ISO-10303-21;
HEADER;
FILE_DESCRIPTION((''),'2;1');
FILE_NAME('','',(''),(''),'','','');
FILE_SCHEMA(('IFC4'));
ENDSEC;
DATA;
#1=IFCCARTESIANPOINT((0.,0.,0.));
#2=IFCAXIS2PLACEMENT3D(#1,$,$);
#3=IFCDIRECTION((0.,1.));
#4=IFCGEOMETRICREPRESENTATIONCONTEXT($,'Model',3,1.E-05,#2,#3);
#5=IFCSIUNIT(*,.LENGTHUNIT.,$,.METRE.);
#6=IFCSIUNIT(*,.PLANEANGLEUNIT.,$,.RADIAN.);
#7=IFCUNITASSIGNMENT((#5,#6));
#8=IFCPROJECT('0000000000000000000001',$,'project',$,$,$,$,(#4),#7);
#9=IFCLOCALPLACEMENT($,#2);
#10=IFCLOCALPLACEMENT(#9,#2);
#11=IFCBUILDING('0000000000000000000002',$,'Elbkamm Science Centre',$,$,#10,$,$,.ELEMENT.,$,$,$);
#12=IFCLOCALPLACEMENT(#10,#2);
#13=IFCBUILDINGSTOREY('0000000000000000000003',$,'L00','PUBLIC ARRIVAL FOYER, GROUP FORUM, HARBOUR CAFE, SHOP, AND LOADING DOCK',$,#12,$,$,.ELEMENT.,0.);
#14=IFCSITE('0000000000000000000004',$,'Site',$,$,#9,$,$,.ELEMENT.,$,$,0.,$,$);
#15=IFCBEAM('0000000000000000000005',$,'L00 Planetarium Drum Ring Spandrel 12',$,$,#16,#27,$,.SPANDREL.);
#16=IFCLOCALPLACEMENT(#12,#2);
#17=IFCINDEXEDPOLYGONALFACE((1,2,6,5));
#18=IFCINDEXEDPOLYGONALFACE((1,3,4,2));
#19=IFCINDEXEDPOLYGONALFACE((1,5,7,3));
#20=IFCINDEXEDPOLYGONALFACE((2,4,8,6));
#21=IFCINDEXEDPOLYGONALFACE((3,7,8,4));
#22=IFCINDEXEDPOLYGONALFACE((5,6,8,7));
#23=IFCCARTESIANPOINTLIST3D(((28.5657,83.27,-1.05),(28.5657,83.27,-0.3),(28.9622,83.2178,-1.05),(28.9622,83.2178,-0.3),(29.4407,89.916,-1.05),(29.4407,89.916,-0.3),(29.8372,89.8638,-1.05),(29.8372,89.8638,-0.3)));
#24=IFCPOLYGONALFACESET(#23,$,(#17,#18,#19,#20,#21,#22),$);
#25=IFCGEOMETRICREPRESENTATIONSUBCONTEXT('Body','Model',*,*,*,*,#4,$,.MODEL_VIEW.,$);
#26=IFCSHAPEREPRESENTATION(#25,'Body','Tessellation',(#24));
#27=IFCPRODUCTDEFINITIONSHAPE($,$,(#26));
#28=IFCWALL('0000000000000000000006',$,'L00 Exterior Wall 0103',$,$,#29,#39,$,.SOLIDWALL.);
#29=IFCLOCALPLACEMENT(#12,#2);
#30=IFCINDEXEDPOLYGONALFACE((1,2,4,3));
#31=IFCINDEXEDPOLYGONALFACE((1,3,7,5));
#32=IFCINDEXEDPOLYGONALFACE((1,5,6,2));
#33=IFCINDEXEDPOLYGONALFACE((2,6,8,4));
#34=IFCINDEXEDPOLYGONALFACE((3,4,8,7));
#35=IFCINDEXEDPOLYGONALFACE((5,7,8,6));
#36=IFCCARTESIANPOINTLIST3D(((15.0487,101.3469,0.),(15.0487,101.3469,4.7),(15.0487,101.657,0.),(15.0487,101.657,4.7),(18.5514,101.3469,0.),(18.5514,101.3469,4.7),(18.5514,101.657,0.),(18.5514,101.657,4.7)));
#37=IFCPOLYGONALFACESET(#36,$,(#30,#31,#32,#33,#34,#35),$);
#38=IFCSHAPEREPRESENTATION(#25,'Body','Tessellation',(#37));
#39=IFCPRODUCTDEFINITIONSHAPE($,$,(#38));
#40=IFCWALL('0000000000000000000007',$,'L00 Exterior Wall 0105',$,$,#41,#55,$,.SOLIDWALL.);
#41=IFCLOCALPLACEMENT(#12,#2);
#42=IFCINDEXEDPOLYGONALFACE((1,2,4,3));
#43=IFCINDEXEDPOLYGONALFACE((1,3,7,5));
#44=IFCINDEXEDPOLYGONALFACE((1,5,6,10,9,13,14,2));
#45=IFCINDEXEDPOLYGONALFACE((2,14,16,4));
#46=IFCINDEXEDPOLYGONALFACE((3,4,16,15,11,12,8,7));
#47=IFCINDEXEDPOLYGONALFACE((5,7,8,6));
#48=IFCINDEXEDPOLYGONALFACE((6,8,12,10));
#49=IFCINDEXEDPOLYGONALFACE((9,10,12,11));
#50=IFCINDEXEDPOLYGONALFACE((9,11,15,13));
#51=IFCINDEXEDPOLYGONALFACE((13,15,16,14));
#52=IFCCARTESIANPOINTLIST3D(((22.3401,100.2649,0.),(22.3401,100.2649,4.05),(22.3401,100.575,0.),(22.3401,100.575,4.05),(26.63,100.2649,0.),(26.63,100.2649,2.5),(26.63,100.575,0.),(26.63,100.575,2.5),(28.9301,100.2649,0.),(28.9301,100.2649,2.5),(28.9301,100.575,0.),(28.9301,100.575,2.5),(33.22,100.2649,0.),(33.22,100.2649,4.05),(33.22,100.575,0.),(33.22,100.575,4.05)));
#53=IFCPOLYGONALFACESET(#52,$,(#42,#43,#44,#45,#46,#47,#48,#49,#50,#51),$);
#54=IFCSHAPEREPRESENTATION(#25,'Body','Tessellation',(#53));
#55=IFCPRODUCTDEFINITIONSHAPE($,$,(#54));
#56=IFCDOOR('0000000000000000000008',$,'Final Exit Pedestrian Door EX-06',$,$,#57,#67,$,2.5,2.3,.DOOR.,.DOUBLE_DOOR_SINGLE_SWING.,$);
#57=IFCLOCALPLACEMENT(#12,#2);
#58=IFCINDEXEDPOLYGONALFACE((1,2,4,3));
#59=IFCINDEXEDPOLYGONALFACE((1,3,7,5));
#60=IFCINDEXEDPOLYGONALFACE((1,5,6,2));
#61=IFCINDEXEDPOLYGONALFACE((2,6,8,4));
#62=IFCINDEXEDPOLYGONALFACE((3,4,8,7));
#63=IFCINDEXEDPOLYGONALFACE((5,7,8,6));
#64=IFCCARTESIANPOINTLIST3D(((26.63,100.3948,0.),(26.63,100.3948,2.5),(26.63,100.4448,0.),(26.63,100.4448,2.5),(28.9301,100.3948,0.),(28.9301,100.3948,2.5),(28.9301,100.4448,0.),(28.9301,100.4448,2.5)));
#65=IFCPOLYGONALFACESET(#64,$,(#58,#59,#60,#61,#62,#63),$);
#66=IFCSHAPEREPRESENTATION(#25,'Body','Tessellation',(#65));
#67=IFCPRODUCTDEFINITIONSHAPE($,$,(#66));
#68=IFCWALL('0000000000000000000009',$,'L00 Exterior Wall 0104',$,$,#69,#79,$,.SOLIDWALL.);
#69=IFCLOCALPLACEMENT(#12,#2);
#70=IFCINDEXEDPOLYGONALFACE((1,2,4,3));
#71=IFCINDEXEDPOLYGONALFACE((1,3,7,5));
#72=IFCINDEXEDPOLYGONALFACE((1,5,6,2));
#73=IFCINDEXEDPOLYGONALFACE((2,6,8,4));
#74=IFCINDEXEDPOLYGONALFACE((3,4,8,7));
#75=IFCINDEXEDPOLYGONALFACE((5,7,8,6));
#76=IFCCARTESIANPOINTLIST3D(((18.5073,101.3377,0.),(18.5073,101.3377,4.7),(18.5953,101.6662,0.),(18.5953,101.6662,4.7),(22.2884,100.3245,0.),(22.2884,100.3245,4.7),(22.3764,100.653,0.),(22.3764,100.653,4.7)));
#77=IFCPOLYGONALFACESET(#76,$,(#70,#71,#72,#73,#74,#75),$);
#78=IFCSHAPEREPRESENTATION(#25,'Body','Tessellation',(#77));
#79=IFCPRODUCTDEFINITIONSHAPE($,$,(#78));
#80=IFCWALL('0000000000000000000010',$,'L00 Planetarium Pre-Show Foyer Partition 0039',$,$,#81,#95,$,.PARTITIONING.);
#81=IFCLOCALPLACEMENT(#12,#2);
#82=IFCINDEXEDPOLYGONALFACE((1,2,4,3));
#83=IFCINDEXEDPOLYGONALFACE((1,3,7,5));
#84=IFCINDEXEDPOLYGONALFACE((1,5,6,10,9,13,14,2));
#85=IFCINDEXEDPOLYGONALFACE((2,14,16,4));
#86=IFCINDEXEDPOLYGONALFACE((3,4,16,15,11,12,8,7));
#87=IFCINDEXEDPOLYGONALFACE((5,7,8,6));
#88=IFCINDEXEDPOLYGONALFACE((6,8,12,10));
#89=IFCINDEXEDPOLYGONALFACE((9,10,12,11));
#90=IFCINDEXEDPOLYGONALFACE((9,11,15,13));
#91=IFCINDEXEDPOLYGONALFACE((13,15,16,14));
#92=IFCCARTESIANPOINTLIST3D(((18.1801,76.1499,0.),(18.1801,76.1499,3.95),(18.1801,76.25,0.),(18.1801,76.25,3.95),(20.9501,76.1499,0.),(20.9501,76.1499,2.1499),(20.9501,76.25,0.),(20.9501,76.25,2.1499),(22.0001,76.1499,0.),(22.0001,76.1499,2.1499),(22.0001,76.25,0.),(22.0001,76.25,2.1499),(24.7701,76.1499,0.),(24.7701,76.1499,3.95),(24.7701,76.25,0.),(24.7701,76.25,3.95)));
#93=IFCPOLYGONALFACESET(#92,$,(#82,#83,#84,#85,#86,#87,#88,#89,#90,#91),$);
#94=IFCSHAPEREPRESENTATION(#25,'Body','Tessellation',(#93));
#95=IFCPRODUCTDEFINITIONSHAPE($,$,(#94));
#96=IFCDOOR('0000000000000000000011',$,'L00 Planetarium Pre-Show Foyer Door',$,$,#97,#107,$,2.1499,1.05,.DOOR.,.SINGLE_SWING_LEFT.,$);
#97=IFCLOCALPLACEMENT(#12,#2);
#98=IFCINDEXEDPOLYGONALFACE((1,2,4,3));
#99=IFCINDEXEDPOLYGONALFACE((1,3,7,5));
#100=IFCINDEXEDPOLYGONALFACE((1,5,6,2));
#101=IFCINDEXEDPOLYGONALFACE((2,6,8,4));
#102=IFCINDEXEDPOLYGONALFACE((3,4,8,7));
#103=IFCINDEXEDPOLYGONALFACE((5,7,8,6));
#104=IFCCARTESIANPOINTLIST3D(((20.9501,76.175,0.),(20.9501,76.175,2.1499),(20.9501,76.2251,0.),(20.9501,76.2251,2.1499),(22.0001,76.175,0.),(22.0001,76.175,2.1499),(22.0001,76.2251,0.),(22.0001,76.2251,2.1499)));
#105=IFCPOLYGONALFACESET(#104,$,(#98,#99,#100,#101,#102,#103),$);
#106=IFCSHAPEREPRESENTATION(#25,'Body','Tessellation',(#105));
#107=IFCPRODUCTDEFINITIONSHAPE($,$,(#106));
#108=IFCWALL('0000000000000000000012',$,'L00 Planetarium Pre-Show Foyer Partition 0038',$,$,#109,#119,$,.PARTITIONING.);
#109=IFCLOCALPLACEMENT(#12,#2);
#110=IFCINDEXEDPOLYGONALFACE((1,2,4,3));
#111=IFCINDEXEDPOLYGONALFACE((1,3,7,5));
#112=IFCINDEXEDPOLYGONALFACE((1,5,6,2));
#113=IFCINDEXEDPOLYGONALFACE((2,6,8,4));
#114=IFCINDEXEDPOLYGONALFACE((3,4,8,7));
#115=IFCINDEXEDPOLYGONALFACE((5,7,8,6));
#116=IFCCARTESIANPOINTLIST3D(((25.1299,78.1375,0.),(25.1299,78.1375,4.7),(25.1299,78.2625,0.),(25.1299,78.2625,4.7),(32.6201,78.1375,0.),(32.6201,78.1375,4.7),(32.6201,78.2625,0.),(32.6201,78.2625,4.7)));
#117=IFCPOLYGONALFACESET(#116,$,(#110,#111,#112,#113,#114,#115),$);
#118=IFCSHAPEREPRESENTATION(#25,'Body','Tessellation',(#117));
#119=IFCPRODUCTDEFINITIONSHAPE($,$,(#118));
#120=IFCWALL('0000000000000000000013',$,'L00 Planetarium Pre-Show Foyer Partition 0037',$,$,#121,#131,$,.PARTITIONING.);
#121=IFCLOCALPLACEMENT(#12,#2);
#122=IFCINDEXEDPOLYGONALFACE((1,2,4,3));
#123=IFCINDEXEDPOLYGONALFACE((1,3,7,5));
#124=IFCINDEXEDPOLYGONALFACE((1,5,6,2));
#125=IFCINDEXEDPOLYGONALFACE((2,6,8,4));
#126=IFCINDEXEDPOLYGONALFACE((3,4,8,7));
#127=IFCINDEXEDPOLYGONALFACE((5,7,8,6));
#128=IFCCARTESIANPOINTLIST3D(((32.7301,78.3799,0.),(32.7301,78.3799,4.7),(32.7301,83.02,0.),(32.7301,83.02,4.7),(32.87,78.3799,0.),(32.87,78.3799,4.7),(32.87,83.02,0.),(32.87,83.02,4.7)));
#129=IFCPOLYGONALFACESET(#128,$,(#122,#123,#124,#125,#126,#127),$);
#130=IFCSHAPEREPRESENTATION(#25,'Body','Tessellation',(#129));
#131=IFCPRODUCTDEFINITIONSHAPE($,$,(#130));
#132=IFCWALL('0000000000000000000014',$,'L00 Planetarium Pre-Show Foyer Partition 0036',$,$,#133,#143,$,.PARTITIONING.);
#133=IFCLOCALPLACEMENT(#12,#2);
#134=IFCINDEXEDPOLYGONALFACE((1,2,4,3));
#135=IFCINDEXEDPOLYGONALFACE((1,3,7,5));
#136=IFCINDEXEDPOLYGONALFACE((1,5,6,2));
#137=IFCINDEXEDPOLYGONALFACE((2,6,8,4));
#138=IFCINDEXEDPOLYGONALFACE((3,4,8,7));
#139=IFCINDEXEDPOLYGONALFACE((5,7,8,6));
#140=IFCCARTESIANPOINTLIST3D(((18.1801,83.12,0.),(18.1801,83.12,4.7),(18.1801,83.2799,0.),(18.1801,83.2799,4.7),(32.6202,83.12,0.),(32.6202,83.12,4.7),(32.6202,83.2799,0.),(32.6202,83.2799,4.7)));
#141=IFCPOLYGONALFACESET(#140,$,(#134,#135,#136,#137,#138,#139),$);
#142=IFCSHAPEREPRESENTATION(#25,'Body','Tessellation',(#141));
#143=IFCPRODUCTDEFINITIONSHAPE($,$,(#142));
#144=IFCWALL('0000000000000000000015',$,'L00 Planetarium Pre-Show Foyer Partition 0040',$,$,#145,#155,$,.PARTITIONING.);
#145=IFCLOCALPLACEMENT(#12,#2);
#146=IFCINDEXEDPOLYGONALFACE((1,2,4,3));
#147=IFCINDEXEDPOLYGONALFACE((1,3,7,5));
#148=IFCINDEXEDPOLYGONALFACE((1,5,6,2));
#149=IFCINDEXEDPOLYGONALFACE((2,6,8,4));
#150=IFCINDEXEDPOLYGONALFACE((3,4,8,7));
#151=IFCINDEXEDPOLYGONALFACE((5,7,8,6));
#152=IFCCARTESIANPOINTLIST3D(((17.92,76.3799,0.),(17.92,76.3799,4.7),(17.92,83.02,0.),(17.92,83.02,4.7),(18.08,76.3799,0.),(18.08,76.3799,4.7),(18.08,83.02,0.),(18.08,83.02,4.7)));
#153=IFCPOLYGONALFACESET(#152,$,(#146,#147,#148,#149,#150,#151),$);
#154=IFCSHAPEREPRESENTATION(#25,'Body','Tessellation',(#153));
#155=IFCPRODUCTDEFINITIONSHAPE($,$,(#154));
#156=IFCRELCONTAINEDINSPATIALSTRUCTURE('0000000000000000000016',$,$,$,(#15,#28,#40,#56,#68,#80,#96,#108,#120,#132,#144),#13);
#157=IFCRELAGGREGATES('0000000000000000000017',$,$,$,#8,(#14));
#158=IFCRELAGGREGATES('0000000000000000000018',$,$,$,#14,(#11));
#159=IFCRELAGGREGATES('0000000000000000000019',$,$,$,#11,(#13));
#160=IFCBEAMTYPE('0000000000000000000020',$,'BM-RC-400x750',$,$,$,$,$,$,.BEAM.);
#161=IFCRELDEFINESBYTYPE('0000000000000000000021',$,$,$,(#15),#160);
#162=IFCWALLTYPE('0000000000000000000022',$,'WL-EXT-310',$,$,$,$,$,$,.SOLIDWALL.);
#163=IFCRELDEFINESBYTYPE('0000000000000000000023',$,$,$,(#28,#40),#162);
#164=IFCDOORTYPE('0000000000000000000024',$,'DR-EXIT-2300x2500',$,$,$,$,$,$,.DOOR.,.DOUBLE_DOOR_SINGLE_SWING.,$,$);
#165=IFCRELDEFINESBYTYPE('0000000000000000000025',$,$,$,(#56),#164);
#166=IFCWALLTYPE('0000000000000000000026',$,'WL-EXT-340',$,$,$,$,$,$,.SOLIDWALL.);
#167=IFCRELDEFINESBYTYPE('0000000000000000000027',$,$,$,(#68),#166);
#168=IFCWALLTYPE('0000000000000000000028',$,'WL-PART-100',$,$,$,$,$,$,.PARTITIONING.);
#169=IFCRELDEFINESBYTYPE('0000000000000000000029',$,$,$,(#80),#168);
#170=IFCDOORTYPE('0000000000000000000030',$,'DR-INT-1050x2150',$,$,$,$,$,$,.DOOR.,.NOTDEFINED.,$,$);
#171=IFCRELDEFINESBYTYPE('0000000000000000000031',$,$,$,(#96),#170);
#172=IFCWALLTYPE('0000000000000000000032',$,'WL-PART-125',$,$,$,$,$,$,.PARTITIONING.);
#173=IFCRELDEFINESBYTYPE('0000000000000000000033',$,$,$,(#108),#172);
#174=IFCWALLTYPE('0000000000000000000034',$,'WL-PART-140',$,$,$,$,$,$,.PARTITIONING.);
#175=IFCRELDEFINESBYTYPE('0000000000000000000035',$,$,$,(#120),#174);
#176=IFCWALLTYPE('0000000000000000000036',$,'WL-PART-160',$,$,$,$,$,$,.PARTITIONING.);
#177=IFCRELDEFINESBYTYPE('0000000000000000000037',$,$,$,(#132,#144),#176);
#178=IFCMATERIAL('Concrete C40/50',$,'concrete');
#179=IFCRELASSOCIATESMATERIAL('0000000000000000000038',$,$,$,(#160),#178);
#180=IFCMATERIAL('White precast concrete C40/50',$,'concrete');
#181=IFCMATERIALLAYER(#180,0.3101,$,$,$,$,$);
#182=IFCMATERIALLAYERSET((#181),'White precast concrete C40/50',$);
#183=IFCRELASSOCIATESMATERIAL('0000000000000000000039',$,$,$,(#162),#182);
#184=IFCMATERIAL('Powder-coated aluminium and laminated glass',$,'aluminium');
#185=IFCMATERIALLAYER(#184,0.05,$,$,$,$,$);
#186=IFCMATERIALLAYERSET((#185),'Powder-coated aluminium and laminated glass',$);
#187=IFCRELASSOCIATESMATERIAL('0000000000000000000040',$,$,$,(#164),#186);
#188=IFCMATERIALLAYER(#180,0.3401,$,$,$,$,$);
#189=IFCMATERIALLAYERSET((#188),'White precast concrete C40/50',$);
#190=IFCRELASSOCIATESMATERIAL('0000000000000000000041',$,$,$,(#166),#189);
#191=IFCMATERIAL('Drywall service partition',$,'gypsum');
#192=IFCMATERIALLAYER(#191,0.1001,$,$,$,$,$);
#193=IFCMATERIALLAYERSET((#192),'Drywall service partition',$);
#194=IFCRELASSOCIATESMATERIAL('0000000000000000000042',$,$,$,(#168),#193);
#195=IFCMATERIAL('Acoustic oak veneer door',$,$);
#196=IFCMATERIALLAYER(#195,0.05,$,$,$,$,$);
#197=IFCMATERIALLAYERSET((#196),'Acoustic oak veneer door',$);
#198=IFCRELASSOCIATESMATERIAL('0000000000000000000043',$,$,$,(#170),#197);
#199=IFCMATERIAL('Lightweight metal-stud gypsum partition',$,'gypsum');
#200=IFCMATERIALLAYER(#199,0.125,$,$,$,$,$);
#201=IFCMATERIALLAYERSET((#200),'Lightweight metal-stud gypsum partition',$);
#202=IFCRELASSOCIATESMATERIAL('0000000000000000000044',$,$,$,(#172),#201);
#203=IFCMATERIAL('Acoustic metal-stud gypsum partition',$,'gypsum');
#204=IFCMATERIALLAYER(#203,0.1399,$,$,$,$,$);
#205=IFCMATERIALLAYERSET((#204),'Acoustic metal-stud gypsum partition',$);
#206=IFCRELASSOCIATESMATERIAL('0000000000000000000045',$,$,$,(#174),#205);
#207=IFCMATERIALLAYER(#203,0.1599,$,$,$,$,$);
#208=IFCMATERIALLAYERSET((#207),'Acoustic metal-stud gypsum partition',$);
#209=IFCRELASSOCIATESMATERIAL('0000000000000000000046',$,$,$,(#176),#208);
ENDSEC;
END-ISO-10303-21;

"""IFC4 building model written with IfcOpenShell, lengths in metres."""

from ifc_helpers import new_model, si_unit, direction, frame, frame_2d, origin, origin_2d, place, context, subcontext, project, spatial, rectangle, extrude, material, layer, layer_set, material_profile, profile_set, type_object, element, fill, save


model = new_model("IFC4")

# Units and contexts
model_context = context("Model", 3, precision=1e-05, world=origin(), true_north=direction((0.0, 1.0)))
body_context = subcontext(model_context, "Body", "Model", "MODEL_VIEW")
ifc_project = project(units=[si_unit("LENGTHUNIT", "METRE"), si_unit("PLANEANGLEUNIT", "RADIAN")], contexts=[model_context])

# Site, building, storey
site_placement = place(None, origin())
site = spatial("IfcSite", under=ifc_project, at=site_placement, Name="Site", CompositionType="ELEMENT", RefElevation=0.0)
building_placement = place(site_placement, origin())
building = spatial("IfcBuilding", under=site, at=building_placement, Name="Elbkamm Science Centre", CompositionType="ELEMENT")
storey_placement = place(building_placement, origin())
storey = spatial("IfcBuildingStorey", under=building, at=storey_placement, Name="L00", Description="PUBLIC ARRIVAL FOYER, GROUP FORUM, HARBOUR CAFE, SHOP, AND LOADING DOCK", CompositionType="ELEMENT", Elevation=0.0)

# Shared definitions
ifc_material_1 = material(Name="Concrete C40/50", Category="concrete")

# Beam
ifc_material_profile_1 = material_profile(ifc_material_1, rectangle(XDim=0.3999, YDim=0.75, at=origin_2d()), Name="RC 400x750")
ifc_profile_set_1 = profile_set([ifc_material_profile_1], Name="Concrete C40/50")
beam_type_1 = type_object("IfcBeamType", Name="BM-RC-400x750", PredefinedType="BEAM", material=ifc_profile_set_1)
beam_1_placement = place(storey_placement, frame((28.7639, 83.2439, -0.675), z_axis=(0.130532, 0.991444, 0.0), x_axis=(-0.991444, 0.130532, 0.0)))
element("IfcBeam", 1, at=beam_1_placement, inside=storey, type_object=beam_type_1, Name="L00 Planetarium Drum Ring Spandrel 12", PredefinedType="SPANDREL", context=body_context, shape_type="SweptSolid", body=[
    extrude(rectangle(XDim=0.3999, YDim=0.75, at=origin_2d()), origin(), (0.0, 0.0, 1.0), 6.7034),
])

# Wall
ifc_material_2 = material(Name="White precast concrete C40/50", Category="concrete")
ifc_layer_1 = layer(ifc_material_2, 0.3101)
ifc_layer_set_1 = layer_set([ifc_layer_1], Name="White precast concrete C40/50")
wall_type_1 = type_object("IfcWallType", Name="WL-EXT-310", PredefinedType="SOLIDWALL", material=ifc_layer_set_1)
wall_1_placement = place(storey_placement, frame((15.0486, 101.502, 0.0), z_axis=(0.0, 0.0, 1.0), x_axis=(1.0, 0.0, 0.0)))
element("IfcWall", 2, at=wall_1_placement, inside=storey, type_object=wall_type_1, Name="L00 Exterior Wall 0103", PredefinedType="SOLIDWALL", context=body_context, shape_type="SweptSolid", body=[
    extrude(rectangle(XDim=3.5027, YDim=0.3101, at=frame_2d((1.7515, 0.0))), origin(), (0.0, 0.0, 1.0), 4.7),
])

# Wall, opening, door
wall_2_placement = place(storey_placement, frame((22.3401, 100.4199, 0.0), z_axis=(0.0, 0.0, 1.0), x_axis=(1.0, 0.0, 0.0)))
wall_2 = element("IfcWall", 3, at=wall_2_placement, inside=storey, type_object=wall_type_1, Name="L00 Exterior Wall 0105", PredefinedType="SOLIDWALL", context=body_context, shape_type="SweptSolid", body=[
    extrude(rectangle(XDim=10.8799, YDim=0.3101, at=frame_2d((5.4399, 0.0))), origin(), (0.0, 0.0, 1.0), 4.05),
])
opening_1_placement = place(wall_2_placement, frame((4.29, 0.0, 0.0)))
opening_1 = element("IfcOpeningElement", 4, at=opening_1_placement, cuts=wall_2, PredefinedType="OPENING", context=body_context, shape_type="SweptSolid", body=[
    extrude(rectangle(XDim=2.3, YDim=2.5, at=frame_2d((1.1499, 1.25))), frame((0.0, 0.167, 0.0), z_axis=(0.0, -1.0, 0.0), x_axis=(1.0, 0.0, 0.0)), (0.0, 0.0, 1.0), 0.334),
])
ifc_material_3 = material(Name="Powder-coated aluminium and laminated glass", Category="aluminium")
ifc_layer_2 = layer(ifc_material_3, 0.05)
ifc_layer_set_2 = layer_set([ifc_layer_2], Name="Powder-coated aluminium and laminated glass")
door_type_1 = type_object("IfcDoorType", Name="DR-EXIT-2300x2500", OperationType="DOUBLE_DOOR_SINGLE_SWING", PredefinedType="DOOR", material=ifc_layer_set_2)
door_1_placement = place(opening_1_placement, origin())
door_1 = element("IfcDoor", 5, at=door_1_placement, inside=storey, type_object=door_type_1, Name="Final Exit Pedestrian Door EX-06", OperationType="DOUBLE_DOOR_SINGLE_SWING", OverallHeight=2.5, OverallWidth=2.3, PredefinedType="DOOR", context=body_context, shape_type="SweptSolid", body=[
    extrude(rectangle(XDim=2.3, YDim=2.5, at=frame_2d((1.1499, 1.25))), frame((0.0, 0.0249, 0.0), z_axis=(0.0, -1.0, 0.0), x_axis=(1.0, 0.0, 0.0)), (0.0, 0.0, 1.0), 0.05),
])
fill(opening_1, door_1)

# Wall
ifc_layer_3 = layer(ifc_material_2, 0.3401)
ifc_layer_set_3 = layer_set([ifc_layer_3], Name="White precast concrete C40/50")
wall_type_2 = type_object("IfcWallType", Name="WL-EXT-340", PredefinedType="SOLIDWALL", material=ifc_layer_set_3)
wall_3_placement = place(storey_placement, frame((18.5513, 101.502, 0.0), z_axis=(0.0, 0.0, 1.0), x_axis=(0.965926, -0.258819, 0.0)))
element("IfcWall", 6, at=wall_3_placement, inside=storey, type_object=wall_type_2, Name="L00 Exterior Wall 0104", PredefinedType="SOLIDWALL", context=body_context, shape_type="SweptSolid", body=[
    extrude(rectangle(XDim=3.9146, YDim=0.3401, at=frame_2d((1.9573, 0.0))), origin(), (0.0, 0.0, 1.0), 4.7),
])

# Wall, opening, door
ifc_material_4 = material(Name="Drywall service partition", Category="gypsum")
ifc_layer_4 = layer(ifc_material_4, 0.1001)
ifc_layer_set_4 = layer_set([ifc_layer_4], Name="Drywall service partition")
wall_type_3 = type_object("IfcWallType", Name="WL-PART-100", PredefinedType="PARTITIONING", material=ifc_layer_set_4)
wall_4_placement = place(storey_placement, frame((24.77, 76.2, 0.0), z_axis=(0.0, 0.0, 1.0), x_axis=(-1.0, 0.0, 0.0)))
wall_4 = element("IfcWall", 7, at=wall_4_placement, inside=storey, type_object=wall_type_3, Name="L00 Planetarium Pre-Show Foyer Partition 0039", PredefinedType="PARTITIONING", context=body_context, shape_type="SweptSolid", body=[
    extrude(rectangle(XDim=6.5901, YDim=0.1001, at=frame_2d((3.2949, 0.0))), origin(), (0.0, 0.0, 1.0), 3.95),
])
opening_2_placement = place(wall_4_placement, frame((2.77, 0.0, 0.0)))
opening_2 = element("IfcOpeningElement", 8, at=opening_2_placement, cuts=wall_4, PredefinedType="OPENING", context=body_context, shape_type="SweptSolid", body=[
    extrude(rectangle(XDim=1.05, YDim=2.1499, at=frame_2d((0.5249, 1.075))), frame((0.0, 0.062, 0.0), z_axis=(0.0, -1.0, 0.0), x_axis=(1.0, 0.0, 0.0)), (0.0, 0.0, 1.0), 0.124),
])
ifc_material_5 = material(Name="Acoustic oak veneer door")
ifc_layer_5 = layer(ifc_material_5, 0.05)
ifc_layer_set_5 = layer_set([ifc_layer_5], Name="Acoustic oak veneer door")
door_type_2 = type_object("IfcDoorType", Name="DR-INT-1050x2150", OperationType="NOTDEFINED", PredefinedType="DOOR", material=ifc_layer_set_5)
door_2_placement = place(opening_2_placement, origin())
door_2 = element("IfcDoor", 9, at=door_2_placement, inside=storey, type_object=door_type_2, Name="L00 Planetarium Pre-Show Foyer Door", OperationType="SINGLE_SWING_LEFT", OverallHeight=2.1499, OverallWidth=1.05, PredefinedType="DOOR", context=body_context, shape_type="SweptSolid", body=[
    extrude(rectangle(XDim=1.05, YDim=2.1499, at=frame_2d((0.5249, 1.075))), frame((0.0, 0.0249, 0.0), z_axis=(0.0, -1.0, 0.0), x_axis=(1.0, 0.0, 0.0)), (0.0, 0.0, 1.0), 0.05),
])
fill(opening_2, door_2)

# Walls
ifc_material_6 = material(Name="Lightweight metal-stud gypsum partition", Category="gypsum")
ifc_layer_6 = layer(ifc_material_6, 0.125)
ifc_layer_set_6 = layer_set([ifc_layer_6], Name="Lightweight metal-stud gypsum partition")
wall_type_4 = type_object("IfcWallType", Name="WL-PART-125", PredefinedType="PARTITIONING", material=ifc_layer_set_6)
wall_5_placement = place(storey_placement, frame((32.6201, 78.2, 0.0), z_axis=(0.0, 0.0, 1.0), x_axis=(-1.0, 0.0, 0.0)))
element("IfcWall", 10, at=wall_5_placement, inside=storey, type_object=wall_type_4, Name="L00 Planetarium Pre-Show Foyer Partition 0038", PredefinedType="PARTITIONING", context=body_context, shape_type="SweptSolid", body=[
    extrude(rectangle(XDim=7.4902, YDim=0.125, at=frame_2d((3.7451, 0.0))), origin(), (0.0, 0.0, 1.0), 4.7),
])
ifc_material_7 = material(Name="Acoustic metal-stud gypsum partition", Category="gypsum")
ifc_layer_7 = layer(ifc_material_7, 0.1399)
ifc_layer_set_7 = layer_set([ifc_layer_7], Name="Acoustic metal-stud gypsum partition")
wall_type_5 = type_object("IfcWallType", Name="WL-PART-140", PredefinedType="PARTITIONING", material=ifc_layer_set_7)
wall_6_placement = place(storey_placement, frame((32.8, 83.02, 0.0), z_axis=(0.0, 0.0, 1.0), x_axis=(0.0, -1.0, 0.0)))
element("IfcWall", 11, at=wall_6_placement, inside=storey, type_object=wall_type_5, Name="L00 Planetarium Pre-Show Foyer Partition 0037", PredefinedType="PARTITIONING", context=body_context, shape_type="SweptSolid", body=[
    extrude(rectangle(XDim=4.6401, YDim=0.1399, at=frame_2d((2.3201, 0.0))), origin(), (0.0, 0.0, 1.0), 4.7),
])
ifc_layer_8 = layer(ifc_material_7, 0.1599)
ifc_layer_set_8 = layer_set([ifc_layer_8], Name="Acoustic metal-stud gypsum partition")
wall_type_6 = type_object("IfcWallType", Name="WL-PART-160", PredefinedType="PARTITIONING", material=ifc_layer_set_8)
wall_7_placement = place(storey_placement, frame((18.1799, 83.2, 0.0), z_axis=(0.0, 0.0, 1.0), x_axis=(1.0, 0.0, 0.0)))
element("IfcWall", 12, at=wall_7_placement, inside=storey, type_object=wall_type_6, Name="L00 Planetarium Pre-Show Foyer Partition 0036", PredefinedType="PARTITIONING", context=body_context, shape_type="SweptSolid", body=[
    extrude(rectangle(XDim=14.4402, YDim=0.1599, at=frame_2d((7.2202, 0.0))), origin(), (0.0, 0.0, 1.0), 4.7),
])
wall_8_placement = place(storey_placement, frame((18.0, 76.3799, 0.0), z_axis=(0.0, 0.0, 1.0), x_axis=(0.0, 1.0, 0.0)))
element("IfcWall", 13, at=wall_8_placement, inside=storey, type_object=wall_type_6, Name="L00 Planetarium Pre-Show Foyer Partition 0040", PredefinedType="PARTITIONING", context=body_context, shape_type="SweptSolid", body=[
    extrude(rectangle(XDim=6.6401, YDim=0.1599, at=frame_2d((3.3201, 0.0))), origin(), (0.0, 0.0, 1.0), 4.7),
])

save(model, "model.ifc")
